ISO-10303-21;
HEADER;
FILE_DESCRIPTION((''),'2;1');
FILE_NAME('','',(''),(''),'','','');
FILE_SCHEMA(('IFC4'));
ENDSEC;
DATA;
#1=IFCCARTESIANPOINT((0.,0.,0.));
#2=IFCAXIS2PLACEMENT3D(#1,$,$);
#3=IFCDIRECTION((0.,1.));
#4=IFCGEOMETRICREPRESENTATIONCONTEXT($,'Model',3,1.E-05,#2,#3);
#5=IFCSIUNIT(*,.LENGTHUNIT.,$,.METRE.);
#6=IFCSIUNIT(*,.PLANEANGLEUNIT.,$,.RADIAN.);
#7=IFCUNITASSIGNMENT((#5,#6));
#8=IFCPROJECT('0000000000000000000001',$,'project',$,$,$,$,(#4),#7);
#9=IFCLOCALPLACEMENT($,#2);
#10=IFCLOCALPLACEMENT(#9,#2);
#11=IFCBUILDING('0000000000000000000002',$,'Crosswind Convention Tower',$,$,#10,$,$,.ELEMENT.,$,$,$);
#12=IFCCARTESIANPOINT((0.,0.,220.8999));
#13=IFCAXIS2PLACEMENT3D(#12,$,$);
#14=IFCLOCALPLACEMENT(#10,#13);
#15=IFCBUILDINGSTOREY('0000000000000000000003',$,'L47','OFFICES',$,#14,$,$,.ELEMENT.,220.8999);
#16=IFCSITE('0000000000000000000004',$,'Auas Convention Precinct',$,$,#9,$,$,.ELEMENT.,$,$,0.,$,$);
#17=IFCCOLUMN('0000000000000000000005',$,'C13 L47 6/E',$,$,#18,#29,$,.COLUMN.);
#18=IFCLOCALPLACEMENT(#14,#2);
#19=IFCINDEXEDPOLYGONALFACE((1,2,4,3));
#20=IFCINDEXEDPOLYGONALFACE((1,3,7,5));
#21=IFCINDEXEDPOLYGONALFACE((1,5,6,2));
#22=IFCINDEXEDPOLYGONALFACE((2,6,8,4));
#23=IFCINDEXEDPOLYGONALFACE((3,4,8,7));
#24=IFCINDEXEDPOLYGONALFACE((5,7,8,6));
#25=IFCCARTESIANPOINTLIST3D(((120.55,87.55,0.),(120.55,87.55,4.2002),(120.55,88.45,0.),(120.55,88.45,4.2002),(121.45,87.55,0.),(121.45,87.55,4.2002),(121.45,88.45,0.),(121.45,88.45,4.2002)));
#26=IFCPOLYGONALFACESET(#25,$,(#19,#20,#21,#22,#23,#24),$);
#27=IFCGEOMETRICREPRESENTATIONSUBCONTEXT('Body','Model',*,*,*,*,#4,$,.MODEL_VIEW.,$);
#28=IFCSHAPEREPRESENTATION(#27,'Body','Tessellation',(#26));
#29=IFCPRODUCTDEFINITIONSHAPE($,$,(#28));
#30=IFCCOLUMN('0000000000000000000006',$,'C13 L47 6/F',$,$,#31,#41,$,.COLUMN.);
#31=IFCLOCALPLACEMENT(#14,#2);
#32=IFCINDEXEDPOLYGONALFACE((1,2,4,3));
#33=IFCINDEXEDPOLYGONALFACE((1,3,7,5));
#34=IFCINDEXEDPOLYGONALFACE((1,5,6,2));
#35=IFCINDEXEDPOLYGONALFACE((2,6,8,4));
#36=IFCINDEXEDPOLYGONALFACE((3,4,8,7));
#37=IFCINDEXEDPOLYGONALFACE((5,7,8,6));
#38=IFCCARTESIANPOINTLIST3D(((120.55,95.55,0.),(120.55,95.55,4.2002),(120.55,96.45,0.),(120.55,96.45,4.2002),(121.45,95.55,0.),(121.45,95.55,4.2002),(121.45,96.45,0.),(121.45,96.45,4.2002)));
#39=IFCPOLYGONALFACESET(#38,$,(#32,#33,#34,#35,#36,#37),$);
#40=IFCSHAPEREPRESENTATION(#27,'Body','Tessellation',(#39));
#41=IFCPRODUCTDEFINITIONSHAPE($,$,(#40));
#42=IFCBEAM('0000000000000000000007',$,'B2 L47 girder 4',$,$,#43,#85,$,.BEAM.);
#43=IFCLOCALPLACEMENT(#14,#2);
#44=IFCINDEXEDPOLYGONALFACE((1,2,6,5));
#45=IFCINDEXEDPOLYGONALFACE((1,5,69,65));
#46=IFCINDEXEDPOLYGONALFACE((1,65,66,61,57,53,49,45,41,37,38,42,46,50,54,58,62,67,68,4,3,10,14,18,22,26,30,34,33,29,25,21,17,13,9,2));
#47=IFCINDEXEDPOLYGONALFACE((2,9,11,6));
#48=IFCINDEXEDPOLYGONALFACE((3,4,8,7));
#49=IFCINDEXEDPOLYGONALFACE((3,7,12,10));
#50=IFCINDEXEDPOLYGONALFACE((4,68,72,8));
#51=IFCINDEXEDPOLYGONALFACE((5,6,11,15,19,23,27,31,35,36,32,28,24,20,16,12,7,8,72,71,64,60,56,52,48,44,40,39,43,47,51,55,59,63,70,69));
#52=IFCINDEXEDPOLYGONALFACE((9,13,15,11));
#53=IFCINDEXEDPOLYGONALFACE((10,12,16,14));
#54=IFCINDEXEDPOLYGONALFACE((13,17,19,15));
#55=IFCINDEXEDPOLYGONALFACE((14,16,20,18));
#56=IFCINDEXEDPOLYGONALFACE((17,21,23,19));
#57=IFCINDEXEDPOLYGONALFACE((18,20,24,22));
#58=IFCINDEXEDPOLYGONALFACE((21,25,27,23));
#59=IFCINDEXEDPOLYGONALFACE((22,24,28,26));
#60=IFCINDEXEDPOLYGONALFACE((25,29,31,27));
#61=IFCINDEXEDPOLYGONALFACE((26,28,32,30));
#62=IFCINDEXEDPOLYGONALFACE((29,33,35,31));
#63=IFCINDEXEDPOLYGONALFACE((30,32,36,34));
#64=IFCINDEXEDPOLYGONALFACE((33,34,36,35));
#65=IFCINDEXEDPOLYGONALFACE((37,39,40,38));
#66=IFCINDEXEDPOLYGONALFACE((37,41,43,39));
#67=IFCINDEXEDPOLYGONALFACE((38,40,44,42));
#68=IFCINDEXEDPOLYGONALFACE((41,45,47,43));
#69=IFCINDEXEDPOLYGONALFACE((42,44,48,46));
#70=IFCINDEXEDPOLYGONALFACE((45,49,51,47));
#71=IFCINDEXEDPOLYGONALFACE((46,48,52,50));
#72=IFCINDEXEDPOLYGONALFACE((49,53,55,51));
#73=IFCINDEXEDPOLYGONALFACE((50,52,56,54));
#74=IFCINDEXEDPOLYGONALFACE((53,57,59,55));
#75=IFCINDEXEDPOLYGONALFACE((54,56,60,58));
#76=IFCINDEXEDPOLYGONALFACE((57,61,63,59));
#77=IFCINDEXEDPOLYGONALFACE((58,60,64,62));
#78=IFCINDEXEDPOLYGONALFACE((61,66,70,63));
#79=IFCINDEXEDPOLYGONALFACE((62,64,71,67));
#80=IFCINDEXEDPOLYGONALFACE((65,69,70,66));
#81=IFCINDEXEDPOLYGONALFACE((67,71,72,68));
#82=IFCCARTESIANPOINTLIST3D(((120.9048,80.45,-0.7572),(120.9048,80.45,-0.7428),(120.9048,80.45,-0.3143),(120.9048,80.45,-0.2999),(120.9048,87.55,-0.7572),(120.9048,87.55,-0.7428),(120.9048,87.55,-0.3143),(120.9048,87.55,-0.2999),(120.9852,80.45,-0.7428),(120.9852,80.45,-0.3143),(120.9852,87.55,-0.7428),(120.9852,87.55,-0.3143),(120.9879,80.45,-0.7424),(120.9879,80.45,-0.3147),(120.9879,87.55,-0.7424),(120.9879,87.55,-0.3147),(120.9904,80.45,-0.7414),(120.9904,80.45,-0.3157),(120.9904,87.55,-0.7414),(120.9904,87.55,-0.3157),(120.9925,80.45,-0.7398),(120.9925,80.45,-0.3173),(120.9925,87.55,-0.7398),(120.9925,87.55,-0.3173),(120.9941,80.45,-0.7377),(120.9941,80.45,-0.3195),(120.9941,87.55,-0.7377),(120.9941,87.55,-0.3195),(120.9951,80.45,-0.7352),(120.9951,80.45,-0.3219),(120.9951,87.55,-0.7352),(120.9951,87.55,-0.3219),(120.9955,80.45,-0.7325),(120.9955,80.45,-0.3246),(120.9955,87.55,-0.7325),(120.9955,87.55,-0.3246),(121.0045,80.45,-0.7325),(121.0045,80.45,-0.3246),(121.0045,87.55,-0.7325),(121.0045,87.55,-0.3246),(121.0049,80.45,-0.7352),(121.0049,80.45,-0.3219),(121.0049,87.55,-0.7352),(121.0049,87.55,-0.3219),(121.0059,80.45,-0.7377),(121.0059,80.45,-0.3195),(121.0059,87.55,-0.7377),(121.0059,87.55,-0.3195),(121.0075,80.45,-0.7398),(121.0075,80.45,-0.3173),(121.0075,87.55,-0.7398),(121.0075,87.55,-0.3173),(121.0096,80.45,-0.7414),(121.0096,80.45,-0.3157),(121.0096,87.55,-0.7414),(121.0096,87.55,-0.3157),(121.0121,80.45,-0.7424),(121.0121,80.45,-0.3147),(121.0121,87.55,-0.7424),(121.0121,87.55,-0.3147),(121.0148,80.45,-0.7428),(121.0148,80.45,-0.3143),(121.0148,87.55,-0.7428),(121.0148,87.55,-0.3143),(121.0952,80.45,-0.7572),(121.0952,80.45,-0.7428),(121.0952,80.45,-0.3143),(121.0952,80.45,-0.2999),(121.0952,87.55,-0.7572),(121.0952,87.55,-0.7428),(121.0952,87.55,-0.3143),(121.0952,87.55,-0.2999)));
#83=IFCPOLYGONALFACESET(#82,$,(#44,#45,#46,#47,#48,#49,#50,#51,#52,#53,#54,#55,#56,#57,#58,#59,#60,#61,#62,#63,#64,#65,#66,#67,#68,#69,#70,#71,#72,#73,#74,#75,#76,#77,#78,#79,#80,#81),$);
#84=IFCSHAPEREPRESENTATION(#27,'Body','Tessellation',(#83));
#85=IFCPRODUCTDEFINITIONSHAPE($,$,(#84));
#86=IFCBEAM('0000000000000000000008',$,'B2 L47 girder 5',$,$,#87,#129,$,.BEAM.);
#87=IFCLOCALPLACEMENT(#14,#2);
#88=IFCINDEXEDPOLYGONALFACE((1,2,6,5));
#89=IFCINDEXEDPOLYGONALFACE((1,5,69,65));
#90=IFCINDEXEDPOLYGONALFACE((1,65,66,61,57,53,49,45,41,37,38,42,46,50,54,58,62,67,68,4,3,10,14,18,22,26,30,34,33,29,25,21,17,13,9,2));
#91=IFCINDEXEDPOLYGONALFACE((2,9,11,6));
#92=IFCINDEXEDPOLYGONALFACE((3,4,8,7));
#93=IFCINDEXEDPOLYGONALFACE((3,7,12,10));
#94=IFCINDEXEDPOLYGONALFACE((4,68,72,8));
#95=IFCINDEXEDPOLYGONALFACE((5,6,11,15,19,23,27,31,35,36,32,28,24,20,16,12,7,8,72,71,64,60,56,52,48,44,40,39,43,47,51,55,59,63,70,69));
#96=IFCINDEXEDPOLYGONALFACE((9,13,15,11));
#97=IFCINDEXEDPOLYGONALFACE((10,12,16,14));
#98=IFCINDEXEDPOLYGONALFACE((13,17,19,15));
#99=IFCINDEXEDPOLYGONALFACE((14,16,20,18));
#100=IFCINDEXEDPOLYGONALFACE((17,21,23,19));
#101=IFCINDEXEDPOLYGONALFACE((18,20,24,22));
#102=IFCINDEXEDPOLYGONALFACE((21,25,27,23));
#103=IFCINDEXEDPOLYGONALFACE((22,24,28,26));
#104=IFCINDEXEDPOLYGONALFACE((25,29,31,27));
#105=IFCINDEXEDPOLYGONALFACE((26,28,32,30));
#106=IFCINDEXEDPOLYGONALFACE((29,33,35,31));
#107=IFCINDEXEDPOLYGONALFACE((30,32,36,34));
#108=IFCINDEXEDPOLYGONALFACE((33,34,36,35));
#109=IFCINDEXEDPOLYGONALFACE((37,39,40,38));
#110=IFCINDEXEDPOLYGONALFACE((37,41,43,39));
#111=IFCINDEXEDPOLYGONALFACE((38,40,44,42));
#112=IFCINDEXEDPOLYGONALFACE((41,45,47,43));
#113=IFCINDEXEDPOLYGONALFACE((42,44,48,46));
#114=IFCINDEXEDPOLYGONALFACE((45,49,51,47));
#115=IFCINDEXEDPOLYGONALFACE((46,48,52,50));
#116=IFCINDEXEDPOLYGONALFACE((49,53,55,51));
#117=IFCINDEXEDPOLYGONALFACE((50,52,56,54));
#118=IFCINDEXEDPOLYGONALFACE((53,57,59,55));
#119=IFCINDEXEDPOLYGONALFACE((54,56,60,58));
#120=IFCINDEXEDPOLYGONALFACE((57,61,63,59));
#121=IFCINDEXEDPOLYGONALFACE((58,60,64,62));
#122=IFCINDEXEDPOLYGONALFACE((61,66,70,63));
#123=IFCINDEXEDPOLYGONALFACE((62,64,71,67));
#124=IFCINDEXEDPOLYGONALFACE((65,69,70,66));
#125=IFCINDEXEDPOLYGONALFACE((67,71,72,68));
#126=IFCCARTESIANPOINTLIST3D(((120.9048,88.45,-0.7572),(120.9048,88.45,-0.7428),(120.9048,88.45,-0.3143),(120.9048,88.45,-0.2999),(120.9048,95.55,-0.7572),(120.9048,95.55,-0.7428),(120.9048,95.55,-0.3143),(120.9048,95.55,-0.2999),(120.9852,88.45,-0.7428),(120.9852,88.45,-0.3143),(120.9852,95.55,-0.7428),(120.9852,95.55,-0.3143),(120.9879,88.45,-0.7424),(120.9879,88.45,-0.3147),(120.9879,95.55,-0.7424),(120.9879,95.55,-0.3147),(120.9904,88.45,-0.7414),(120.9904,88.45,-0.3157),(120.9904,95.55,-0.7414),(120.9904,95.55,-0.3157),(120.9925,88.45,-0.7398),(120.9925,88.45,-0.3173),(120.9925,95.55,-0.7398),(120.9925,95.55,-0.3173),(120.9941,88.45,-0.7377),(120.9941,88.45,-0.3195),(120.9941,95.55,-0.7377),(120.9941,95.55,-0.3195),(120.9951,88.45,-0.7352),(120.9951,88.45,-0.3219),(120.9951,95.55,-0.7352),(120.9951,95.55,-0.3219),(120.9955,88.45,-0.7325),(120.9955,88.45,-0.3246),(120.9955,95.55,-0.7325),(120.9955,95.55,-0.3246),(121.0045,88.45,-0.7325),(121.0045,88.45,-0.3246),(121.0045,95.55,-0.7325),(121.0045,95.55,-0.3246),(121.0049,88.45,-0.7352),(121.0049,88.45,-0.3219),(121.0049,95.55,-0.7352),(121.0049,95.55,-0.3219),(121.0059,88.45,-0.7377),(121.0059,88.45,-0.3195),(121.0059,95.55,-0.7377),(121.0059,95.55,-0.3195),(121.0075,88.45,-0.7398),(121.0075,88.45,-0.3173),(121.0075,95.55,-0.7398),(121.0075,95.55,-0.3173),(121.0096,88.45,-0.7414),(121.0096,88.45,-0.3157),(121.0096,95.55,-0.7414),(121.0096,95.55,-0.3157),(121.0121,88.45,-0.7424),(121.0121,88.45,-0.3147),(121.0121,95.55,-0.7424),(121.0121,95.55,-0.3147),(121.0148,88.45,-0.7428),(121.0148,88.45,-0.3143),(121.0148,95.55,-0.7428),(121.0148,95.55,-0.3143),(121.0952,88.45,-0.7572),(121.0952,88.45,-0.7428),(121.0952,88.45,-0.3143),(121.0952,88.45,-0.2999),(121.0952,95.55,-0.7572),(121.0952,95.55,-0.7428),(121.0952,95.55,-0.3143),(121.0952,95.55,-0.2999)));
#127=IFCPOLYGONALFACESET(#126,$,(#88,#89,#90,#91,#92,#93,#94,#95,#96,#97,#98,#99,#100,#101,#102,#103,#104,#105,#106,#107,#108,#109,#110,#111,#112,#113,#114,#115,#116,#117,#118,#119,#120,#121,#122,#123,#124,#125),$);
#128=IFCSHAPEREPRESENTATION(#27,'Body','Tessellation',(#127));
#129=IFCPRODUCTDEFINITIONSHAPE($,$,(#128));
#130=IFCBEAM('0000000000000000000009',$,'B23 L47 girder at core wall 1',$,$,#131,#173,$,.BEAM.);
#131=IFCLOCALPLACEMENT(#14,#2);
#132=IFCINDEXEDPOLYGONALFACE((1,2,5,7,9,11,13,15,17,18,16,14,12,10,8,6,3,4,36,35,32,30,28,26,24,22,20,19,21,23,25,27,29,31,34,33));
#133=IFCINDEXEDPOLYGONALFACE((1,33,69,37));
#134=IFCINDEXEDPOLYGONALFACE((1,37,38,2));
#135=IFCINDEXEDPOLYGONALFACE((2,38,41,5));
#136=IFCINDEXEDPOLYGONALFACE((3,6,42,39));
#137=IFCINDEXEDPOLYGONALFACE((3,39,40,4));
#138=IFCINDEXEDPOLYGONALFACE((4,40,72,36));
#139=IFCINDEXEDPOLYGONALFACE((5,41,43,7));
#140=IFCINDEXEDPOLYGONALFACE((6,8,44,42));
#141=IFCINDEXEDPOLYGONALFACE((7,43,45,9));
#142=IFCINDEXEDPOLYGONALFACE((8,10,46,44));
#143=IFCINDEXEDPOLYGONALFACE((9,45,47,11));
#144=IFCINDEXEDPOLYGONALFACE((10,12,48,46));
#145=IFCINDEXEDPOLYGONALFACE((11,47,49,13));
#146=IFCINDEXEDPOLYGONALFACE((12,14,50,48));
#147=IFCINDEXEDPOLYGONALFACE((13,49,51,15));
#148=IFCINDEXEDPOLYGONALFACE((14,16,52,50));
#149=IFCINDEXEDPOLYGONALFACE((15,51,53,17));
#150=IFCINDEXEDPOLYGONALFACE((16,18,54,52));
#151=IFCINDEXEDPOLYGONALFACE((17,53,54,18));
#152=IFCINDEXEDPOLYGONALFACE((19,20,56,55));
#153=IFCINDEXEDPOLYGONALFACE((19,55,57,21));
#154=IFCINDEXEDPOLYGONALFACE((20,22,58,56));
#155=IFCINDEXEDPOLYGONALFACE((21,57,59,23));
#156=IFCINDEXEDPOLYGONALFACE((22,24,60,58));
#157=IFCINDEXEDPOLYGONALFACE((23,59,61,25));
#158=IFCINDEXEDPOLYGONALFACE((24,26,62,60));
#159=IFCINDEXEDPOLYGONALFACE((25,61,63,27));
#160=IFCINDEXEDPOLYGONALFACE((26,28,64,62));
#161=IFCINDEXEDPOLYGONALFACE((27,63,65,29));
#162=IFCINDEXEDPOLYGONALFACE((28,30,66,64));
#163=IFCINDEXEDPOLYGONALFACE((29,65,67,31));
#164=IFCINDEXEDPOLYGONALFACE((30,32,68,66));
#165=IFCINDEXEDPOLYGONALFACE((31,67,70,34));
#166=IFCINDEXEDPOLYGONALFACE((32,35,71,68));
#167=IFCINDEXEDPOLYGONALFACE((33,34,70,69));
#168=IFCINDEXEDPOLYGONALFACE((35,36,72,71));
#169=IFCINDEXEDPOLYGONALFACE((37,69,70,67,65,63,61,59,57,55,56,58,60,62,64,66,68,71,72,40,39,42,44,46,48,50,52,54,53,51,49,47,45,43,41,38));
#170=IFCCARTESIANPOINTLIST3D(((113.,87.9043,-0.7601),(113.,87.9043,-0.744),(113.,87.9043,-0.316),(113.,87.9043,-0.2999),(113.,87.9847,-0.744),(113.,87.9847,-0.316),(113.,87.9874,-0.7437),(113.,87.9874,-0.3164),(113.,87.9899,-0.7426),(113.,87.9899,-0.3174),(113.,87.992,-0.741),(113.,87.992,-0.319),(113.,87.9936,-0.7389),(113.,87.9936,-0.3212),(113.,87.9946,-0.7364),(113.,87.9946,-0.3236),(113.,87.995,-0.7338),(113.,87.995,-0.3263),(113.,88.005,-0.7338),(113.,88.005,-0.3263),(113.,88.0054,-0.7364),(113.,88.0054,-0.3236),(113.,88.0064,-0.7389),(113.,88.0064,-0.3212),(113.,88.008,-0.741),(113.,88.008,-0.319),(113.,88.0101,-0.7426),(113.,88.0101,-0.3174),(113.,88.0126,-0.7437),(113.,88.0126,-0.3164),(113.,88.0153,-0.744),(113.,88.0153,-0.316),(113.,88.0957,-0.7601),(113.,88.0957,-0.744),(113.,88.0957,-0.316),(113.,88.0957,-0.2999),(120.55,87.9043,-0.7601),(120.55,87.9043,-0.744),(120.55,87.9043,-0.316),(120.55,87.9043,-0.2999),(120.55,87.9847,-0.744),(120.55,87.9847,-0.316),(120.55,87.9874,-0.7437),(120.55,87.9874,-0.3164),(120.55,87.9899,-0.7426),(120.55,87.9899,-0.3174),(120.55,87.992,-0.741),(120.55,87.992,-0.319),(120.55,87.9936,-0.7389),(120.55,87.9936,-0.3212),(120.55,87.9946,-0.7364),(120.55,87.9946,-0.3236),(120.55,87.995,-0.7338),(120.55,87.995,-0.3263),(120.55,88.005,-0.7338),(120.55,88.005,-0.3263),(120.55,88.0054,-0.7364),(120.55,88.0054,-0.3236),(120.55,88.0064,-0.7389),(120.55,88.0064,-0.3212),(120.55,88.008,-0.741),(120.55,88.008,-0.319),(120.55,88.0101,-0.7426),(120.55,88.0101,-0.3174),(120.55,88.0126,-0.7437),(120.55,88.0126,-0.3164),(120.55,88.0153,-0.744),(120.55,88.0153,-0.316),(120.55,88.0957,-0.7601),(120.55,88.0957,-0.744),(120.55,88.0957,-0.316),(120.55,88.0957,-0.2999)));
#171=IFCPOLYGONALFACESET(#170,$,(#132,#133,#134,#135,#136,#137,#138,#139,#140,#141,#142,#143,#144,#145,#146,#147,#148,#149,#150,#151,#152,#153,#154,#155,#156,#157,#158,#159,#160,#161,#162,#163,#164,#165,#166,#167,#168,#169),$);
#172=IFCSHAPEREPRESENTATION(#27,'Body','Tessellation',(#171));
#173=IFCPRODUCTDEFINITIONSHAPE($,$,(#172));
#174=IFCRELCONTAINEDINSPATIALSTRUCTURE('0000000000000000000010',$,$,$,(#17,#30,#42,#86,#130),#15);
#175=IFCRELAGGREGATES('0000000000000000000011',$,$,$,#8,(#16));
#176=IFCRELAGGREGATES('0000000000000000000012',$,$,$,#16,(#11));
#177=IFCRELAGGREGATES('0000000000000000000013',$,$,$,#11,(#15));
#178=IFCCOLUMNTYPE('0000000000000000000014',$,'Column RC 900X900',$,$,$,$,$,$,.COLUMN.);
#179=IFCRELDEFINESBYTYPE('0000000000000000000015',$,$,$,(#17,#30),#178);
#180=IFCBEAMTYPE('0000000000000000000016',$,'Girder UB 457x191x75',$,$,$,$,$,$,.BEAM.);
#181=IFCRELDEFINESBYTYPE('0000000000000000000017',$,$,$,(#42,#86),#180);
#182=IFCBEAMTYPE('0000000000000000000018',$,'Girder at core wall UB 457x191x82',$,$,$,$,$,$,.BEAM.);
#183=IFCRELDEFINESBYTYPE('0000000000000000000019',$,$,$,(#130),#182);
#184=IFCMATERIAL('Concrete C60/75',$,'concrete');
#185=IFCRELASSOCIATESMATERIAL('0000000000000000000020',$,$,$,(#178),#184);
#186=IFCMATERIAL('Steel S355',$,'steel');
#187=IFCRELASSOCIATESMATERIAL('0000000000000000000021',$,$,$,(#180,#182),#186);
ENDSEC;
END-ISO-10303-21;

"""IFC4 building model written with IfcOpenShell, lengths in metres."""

from ifc_helpers import new_model, si_unit, direction, frame, origin, origin_2d, place, context, subcontext, project, spatial, rectangle, i_section, extrude, material, material_profile, profile_set, type_object, element, save


model = new_model("IFC4")

# Units and contexts
model_context = context("Model", 3, precision=1e-05, world=origin(), true_north=direction((0.0, 1.0)))
body_context = subcontext(model_context, "Body", "Model", "MODEL_VIEW")
ifc_project = project(units=[si_unit("LENGTHUNIT", "METRE"), si_unit("PLANEANGLEUNIT", "RADIAN")], contexts=[model_context])

# Site, building, storey
site_placement = place(None, origin())
site = spatial("IfcSite", under=ifc_project, at=site_placement, Name="Auas Convention Precinct", CompositionType="ELEMENT", RefElevation=0.0)
building_placement = place(site_placement, origin())
building = spatial("IfcBuilding", under=site, at=building_placement, Name="Crosswind Convention Tower", CompositionType="ELEMENT")
storey_placement = place(building_placement, frame((0.0, 0.0, 220.8999)))
storey = spatial("IfcBuildingStorey", under=building, at=storey_placement, Name="L47", Description="OFFICES", CompositionType="ELEMENT", Elevation=220.8999)

# Columns
ifc_material_1 = material(Name="Concrete C60/75", Category="concrete")
ifc_material_profile_1 = material_profile(ifc_material_1, rectangle(XDim=0.8999, YDim=0.8999, at=origin_2d()), Name="RC 900X900")
ifc_profile_set_1 = profile_set([ifc_material_profile_1], Name="Concrete C60/75")
column_type = type_object("IfcColumnType", Name="Column RC 900X900", PredefinedType="COLUMN", material=ifc_profile_set_1)
for number, where, z_axis, x_axis, name in (
    (1, (121.0, 88.0, 0.0), (0.0, 0.0, 1.0), (1.0, 0.0, 0.0), "C13 L47 6/E"),
    (2, (121.0, 96.0, 0.0), (0.0, 0.0, 1.0), (1.0, 0.0, 0.0), "C13 L47 6/F"),
):
    element("IfcColumn", number, at=place(storey_placement, frame(where, z_axis=z_axis, x_axis=x_axis)), inside=storey, type_object=column_type, Name=name, PredefinedType="COLUMN", context=body_context, shape_type="SweptSolid", body=[
        extrude(rectangle(XDim=0.8999, YDim=0.8999, at=origin_2d()), origin(), (0.0, 0.0, 1.0), 4.2002),
    ])

# Beams
ifc_material_2 = material(Name="Steel S355", Category="steel")
ifc_material_profile_2 = material_profile(ifc_material_2, i_section(OverallWidth=0.1904, OverallDepth=0.4573, WebThickness=0.009, FlangeThickness=0.0144, FilletRadius=0.0103, at=origin_2d()), Name="UB 457x191x75")
ifc_profile_set_2 = profile_set([ifc_material_profile_2], Name="Steel S355")
beam_type_1 = type_object("IfcBeamType", Name="Girder UB 457x191x75", PredefinedType="BEAM", material=ifc_profile_set_2)
for number, where, z_axis, x_axis, name in (
    (3, (121.0, 80.45, -0.5286), (0.0, 1.0, 0.0), (-1.0, 0.0, 0.0), "B2 L47 girder 4"),
    (4, (121.0, 88.45, -0.5286), (0.0, 1.0, 0.0), (-1.0, 0.0, 0.0), "B2 L47 girder 5"),
):
    element("IfcBeam", number, at=place(storey_placement, frame(where, z_axis=z_axis, x_axis=x_axis)), inside=storey, type_object=beam_type_1, Name=name, PredefinedType="BEAM", context=body_context, shape_type="SweptSolid", body=[
        extrude(i_section(OverallWidth=0.1904, OverallDepth=0.4573, WebThickness=0.009, FlangeThickness=0.0144, FilletRadius=0.0103, at=origin_2d()), origin(), (0.0, 0.0, 1.0), 7.1001),
    ])
ifc_material_profile_3 = material_profile(ifc_material_2, i_section(OverallWidth=0.1914, OverallDepth=0.4602, WebThickness=0.01, FlangeThickness=0.0161, FilletRadius=0.0103, at=origin_2d()), Name="UB 457x191x82")
ifc_profile_set_3 = profile_set([ifc_material_profile_3], Name="Steel S355")
beam_type_2 = type_object("IfcBeamType", Name="Girder at core wall UB 457x191x82", PredefinedType="BEAM", material=ifc_profile_set_3)
for number, where, z_axis, x_axis, name in (
    (5, (113.0, 88.0, -0.53), (1.0, 0.0, 0.0), (0.0, 1.0, 0.0), "B23 L47 girder at core wall 1"),
):
    element("IfcBeam", number, at=place(storey_placement, frame(where, z_axis=z_axis, x_axis=x_axis)), inside=storey, type_object=beam_type_2, Name=name, PredefinedType="BEAM", context=body_context, shape_type="SweptSolid", body=[
        extrude(i_section(OverallWidth=0.1914, OverallDepth=0.4602, WebThickness=0.01, FlangeThickness=0.0161, FilletRadius=0.0103, at=origin_2d()), origin(), (0.0, 0.0, 1.0), 7.55),
    ])

save(model, "model.ifc")
